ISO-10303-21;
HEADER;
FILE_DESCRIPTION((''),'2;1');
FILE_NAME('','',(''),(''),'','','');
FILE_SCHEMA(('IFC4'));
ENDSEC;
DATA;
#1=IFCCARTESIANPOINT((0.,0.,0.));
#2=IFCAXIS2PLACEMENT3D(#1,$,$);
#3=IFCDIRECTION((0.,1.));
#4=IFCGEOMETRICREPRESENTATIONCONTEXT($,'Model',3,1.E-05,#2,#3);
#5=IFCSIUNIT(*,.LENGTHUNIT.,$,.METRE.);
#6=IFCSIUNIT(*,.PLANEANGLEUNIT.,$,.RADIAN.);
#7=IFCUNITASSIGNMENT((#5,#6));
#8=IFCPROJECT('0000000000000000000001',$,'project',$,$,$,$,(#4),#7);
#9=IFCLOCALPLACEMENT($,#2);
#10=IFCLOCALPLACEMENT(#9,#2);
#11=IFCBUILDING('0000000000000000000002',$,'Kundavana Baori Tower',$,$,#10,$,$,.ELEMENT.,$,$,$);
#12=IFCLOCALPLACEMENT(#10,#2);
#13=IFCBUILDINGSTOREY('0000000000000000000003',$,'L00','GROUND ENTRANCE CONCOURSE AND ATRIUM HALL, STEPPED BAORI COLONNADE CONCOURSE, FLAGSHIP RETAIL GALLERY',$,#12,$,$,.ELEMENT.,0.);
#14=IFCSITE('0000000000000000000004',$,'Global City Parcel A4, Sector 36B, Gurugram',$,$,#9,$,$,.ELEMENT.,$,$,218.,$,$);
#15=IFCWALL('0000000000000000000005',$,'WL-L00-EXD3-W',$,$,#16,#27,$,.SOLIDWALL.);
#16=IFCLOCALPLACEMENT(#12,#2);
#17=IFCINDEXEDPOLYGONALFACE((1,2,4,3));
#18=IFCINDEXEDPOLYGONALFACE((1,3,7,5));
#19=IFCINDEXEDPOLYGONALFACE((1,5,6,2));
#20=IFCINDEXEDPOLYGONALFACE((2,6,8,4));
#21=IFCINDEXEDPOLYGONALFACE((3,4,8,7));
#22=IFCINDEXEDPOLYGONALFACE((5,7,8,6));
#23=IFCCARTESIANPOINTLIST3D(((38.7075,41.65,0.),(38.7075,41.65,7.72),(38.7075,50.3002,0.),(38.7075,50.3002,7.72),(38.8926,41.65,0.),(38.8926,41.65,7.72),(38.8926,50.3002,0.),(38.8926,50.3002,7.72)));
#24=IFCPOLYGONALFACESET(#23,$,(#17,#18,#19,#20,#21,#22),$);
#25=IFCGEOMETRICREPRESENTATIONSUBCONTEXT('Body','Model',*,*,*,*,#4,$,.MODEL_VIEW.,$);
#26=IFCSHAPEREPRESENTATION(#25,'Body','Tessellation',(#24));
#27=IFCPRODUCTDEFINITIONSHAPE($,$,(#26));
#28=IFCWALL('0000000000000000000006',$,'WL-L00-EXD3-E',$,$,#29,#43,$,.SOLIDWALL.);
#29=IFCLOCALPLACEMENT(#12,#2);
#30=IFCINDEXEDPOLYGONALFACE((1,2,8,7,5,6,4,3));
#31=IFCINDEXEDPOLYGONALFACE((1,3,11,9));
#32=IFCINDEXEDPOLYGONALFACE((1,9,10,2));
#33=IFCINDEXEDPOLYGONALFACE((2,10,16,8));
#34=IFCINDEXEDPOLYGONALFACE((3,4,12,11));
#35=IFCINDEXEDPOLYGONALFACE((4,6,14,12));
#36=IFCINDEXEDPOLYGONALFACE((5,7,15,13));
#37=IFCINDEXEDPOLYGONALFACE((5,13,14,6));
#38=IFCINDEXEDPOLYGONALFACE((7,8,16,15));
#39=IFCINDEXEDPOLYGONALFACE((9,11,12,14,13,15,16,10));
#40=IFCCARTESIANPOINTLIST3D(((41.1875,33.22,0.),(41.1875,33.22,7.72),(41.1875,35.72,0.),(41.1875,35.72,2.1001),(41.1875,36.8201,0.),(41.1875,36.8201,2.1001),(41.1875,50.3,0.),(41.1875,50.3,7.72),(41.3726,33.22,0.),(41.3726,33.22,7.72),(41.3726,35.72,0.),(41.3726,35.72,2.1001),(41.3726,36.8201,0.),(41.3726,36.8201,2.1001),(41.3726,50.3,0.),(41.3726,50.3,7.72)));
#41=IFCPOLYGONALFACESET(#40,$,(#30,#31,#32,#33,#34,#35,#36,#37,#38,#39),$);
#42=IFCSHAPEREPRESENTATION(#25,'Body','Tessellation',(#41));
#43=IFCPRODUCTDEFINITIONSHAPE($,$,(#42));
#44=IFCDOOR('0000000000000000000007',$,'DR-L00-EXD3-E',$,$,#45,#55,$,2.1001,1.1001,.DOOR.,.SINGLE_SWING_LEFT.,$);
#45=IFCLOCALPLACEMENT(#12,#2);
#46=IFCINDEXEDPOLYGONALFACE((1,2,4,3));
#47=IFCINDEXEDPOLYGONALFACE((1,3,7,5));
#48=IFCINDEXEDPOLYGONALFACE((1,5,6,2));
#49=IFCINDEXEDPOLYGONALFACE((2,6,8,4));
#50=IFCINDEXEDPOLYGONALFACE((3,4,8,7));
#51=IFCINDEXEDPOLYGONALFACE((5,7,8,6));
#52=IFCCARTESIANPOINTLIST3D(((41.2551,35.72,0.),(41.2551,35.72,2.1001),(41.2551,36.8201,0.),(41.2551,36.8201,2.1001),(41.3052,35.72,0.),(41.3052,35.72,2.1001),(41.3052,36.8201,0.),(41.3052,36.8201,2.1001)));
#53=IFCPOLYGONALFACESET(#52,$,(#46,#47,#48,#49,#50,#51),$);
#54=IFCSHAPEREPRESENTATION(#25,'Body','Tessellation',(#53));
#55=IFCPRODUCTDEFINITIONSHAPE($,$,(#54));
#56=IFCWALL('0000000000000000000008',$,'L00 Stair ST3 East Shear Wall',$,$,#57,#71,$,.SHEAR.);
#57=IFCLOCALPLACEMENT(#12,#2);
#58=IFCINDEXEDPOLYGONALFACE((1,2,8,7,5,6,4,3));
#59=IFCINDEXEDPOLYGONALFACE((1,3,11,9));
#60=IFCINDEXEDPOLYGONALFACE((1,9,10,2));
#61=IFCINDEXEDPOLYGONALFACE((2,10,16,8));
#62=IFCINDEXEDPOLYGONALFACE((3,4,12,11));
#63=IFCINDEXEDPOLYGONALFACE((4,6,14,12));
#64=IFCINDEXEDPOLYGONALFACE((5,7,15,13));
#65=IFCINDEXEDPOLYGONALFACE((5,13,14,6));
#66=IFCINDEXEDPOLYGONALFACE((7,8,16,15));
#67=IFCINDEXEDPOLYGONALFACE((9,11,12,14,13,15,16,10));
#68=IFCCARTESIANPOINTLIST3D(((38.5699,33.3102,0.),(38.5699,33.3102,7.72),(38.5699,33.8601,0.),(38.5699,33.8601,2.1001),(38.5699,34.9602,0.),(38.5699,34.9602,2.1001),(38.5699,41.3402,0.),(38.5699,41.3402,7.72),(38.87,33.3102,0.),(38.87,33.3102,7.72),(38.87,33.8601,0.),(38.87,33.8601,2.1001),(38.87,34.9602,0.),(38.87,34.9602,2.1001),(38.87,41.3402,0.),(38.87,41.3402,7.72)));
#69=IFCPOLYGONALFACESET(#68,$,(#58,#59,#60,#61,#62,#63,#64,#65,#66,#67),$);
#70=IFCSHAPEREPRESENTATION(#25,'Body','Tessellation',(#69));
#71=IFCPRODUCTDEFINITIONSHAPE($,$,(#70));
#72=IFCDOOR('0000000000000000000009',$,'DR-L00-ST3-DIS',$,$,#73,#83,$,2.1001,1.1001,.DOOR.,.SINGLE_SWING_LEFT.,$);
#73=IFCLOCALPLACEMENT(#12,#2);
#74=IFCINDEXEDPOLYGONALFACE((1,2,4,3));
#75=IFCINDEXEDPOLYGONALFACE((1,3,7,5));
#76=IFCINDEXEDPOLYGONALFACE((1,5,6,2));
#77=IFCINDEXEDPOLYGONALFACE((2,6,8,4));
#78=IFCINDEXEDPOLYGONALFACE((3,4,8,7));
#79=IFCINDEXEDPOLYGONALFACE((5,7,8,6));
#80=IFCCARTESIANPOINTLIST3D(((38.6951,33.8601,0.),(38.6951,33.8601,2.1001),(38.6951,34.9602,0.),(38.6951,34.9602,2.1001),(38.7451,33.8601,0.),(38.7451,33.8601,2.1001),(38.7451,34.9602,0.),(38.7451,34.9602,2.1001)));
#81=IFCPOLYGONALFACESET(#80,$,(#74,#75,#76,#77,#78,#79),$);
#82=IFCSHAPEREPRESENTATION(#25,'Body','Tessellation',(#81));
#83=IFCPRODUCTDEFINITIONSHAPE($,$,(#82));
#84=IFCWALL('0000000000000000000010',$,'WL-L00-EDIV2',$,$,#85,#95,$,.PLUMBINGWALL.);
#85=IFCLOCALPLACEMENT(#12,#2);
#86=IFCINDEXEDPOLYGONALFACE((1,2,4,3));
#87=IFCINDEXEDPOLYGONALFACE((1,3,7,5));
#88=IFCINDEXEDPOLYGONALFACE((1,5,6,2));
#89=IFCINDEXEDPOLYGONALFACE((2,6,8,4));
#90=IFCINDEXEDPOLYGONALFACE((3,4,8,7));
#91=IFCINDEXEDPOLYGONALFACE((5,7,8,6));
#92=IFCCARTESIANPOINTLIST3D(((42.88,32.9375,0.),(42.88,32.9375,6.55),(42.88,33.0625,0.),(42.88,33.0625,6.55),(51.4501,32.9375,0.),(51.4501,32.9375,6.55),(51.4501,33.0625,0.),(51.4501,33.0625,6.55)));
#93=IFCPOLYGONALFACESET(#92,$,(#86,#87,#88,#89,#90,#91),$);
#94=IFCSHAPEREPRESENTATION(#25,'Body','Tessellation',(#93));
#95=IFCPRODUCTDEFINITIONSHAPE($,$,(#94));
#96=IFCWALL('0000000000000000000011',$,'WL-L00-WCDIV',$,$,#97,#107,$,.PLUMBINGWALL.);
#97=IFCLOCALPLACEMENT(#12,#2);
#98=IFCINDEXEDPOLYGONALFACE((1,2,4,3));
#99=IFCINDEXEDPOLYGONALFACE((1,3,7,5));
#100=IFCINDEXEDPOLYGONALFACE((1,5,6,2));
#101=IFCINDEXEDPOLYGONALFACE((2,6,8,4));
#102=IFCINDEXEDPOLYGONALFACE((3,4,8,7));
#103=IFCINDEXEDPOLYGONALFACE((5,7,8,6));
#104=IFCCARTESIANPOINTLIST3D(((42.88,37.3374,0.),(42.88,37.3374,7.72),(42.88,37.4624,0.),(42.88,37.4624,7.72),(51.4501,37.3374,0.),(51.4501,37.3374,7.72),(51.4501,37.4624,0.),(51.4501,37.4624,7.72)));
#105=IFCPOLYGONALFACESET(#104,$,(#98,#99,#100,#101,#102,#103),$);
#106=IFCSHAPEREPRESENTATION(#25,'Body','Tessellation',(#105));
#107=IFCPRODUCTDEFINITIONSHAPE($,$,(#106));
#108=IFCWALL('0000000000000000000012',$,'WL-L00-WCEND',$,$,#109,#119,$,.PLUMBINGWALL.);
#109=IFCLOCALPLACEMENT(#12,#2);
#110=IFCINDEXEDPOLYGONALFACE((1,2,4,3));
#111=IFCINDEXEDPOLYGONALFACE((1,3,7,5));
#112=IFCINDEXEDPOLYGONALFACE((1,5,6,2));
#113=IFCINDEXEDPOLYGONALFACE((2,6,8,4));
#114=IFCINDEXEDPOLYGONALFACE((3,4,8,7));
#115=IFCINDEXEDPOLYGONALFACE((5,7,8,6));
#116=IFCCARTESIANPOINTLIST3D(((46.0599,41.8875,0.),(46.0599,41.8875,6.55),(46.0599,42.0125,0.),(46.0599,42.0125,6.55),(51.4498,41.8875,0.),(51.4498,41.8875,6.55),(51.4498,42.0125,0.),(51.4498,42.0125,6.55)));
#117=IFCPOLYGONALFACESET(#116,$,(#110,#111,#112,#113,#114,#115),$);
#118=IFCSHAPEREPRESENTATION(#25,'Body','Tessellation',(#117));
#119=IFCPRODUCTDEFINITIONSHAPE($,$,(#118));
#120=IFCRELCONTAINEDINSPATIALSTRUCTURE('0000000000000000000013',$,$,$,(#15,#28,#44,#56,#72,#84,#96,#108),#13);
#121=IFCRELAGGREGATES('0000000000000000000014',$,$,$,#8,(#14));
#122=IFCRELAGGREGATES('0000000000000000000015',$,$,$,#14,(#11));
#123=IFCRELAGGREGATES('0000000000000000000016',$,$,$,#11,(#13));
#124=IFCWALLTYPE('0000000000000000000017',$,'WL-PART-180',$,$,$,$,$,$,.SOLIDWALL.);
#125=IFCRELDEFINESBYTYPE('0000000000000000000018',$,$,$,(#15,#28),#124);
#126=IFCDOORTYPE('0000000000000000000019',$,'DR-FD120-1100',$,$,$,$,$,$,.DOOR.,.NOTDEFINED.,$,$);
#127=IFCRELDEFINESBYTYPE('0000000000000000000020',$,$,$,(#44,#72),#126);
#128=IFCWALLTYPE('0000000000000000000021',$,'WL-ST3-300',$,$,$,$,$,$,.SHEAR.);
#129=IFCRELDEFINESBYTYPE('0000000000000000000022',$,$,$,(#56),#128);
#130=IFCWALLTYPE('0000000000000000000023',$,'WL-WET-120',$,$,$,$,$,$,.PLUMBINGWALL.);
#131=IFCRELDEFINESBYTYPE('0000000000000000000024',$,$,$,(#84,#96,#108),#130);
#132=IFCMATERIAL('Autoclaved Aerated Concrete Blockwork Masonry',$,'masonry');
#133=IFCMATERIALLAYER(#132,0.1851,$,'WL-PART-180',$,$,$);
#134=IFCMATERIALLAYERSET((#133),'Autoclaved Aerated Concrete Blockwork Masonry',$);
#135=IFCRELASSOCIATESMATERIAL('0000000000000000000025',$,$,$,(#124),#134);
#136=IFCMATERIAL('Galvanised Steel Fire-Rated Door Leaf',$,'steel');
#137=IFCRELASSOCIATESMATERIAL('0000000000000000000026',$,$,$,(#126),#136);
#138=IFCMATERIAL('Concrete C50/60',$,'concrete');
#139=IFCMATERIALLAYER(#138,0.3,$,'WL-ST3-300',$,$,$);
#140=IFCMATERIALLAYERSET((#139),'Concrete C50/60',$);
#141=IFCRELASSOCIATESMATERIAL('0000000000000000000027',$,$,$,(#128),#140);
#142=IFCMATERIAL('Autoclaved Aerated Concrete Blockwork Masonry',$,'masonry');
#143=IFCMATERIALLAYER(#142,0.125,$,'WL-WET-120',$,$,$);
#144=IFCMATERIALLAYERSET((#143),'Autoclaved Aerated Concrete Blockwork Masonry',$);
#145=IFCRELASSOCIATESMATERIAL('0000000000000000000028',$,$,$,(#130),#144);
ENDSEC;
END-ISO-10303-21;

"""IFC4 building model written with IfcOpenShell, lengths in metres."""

from ifc_helpers import new_model, si_unit, direction, frame, frame_2d, origin, place, context, subcontext, project, spatial, rectangle, extrude, material, layer, layer_set, type_object, element, fill, save


model = new_model("IFC4")

# Units and contexts
model_context = context("Model", 3, precision=1e-05, world=origin(), true_north=direction((0.0, 1.0)))
body_context = subcontext(model_context, "Body", "Model", "MODEL_VIEW")
ifc_project = project(units=[si_unit("LENGTHUNIT", "METRE"), si_unit("PLANEANGLEUNIT", "RADIAN")], contexts=[model_context])

# Site, building, storey
site_placement = place(None, origin())
site = spatial("IfcSite", under=ifc_project, at=site_placement, Name="Global City Parcel A4, Sector 36B, Gurugram", CompositionType="ELEMENT", RefElevation=218.0)
building_placement = place(site_placement, origin())
building = spatial("IfcBuilding", under=site, at=building_placement, Name="Kundavana Baori Tower", CompositionType="ELEMENT")
storey_placement = place(building_placement, origin())
storey = spatial("IfcBuildingStorey", under=building, at=storey_placement, Name="L00", Description="GROUND ENTRANCE CONCOURSE AND ATRIUM HALL, STEPPED BAORI COLONNADE CONCOURSE, FLAGSHIP RETAIL GALLERY", CompositionType="ELEMENT", Elevation=0.0)

# Wall
ifc_material_1 = material(Name="Autoclaved Aerated Concrete Blockwork Masonry", Category="masonry")
ifc_layer_1 = layer(ifc_material_1, 0.1851, Name="WL-PART-180")
ifc_layer_set_1 = layer_set([ifc_layer_1], Name="Autoclaved Aerated Concrete Blockwork Masonry")
wall_type_1 = type_object("IfcWallType", Name="WL-PART-180", PredefinedType="SOLIDWALL", material=ifc_layer_set_1)
wall_1_placement = place(storey_placement, frame((38.8, 41.6499, 0.0), z_axis=(0.0, 0.0, 1.0), x_axis=(0.0, 1.0, 0.0)))
element("IfcWall", 1, at=wall_1_placement, inside=storey, type_object=wall_type_1, Name="WL-L00-EXD3-W", PredefinedType="SOLIDWALL", context=body_context, shape_type="SweptSolid", body=[
    extrude(rectangle(XDim=8.6501, YDim=0.1851, at=frame_2d((4.3252, 0.0))), origin(), (0.0, 0.0, 1.0), 7.72),
])

# Walls, openings, doors
wall_2_placement = place(storey_placement, frame((41.28, 33.22, 0.0), z_axis=(0.0, 0.0, 1.0), x_axis=(0.0, 1.0, 0.0)))
wall_2 = element("IfcWall", 2, at=wall_2_placement, inside=storey, type_object=wall_type_1, Name="WL-L00-EXD3-E", PredefinedType="SOLIDWALL", context=body_context, shape_type="SweptSolid", body=[
    extrude(rectangle(XDim=17.0801, YDim=0.1851, at=frame_2d((8.54, 0.0))), origin(), (0.0, 0.0, 1.0), 7.72),
])
opening_1_placement = place(wall_2_placement, frame((2.5, 0.0, 0.0)))
opening_1 = element("IfcOpeningElement", 3, at=opening_1_placement, cuts=wall_2, PredefinedType="OPENING", context=body_context, shape_type="SweptSolid", body=[
    extrude(rectangle(XDim=1.1001, YDim=2.1001, at=frame_2d((0.55, 1.05))), frame((0.0, 0.1025, 0.0), z_axis=(0.0, -1.0, 0.0), x_axis=(1.0, 0.0, 0.0)), (0.0, 0.0, 1.0), 0.2051),
])
ifc_material_2 = material(Name="Galvanised Steel Fire-Rated Door Leaf", Category="steel")
door_type_1 = type_object("IfcDoorType", Name="DR-FD120-1100", OperationType="NOTDEFINED", PredefinedType="DOOR", material=ifc_material_2)
door_1_placement = place(opening_1_placement, origin())
door_1 = element("IfcDoor", 4, at=door_1_placement, inside=storey, type_object=door_type_1, Name="DR-L00-EXD3-E", OperationType="SINGLE_SWING_LEFT", OverallHeight=2.1001, OverallWidth=1.1001, PredefinedType="DOOR", context=body_context, shape_type="SweptSolid", body=[
    extrude(rectangle(XDim=1.1001, YDim=2.1001, at=frame_2d((0.55, 1.05))), frame((0.0, 0.0249, 0.0), z_axis=(0.0, -1.0, 0.0), x_axis=(1.0, 0.0, 0.0)), (0.0, 0.0, 1.0), 0.05),
])
fill(opening_1, door_1)
ifc_material_3 = material(Name="Concrete C50/60", Category="concrete")
ifc_layer_2 = layer(ifc_material_3, 0.3, Name="WL-ST3-300")
ifc_layer_set_2 = layer_set([ifc_layer_2], Name="Concrete C50/60")
wall_type_2 = type_object("IfcWallType", Name="WL-ST3-300", PredefinedType="SHEAR", material=ifc_layer_set_2)
wall_3_placement = place(storey_placement, frame((38.72, 33.3101, 0.0), z_axis=(0.0, 0.0, 1.0), x_axis=(0.0, 1.0, 0.0)))
wall_3 = element("IfcWall", 5, at=wall_3_placement, inside=storey, type_object=wall_type_2, Name="L00 Stair ST3 East Shear Wall", PredefinedType="SHEAR", context=body_context, shape_type="SweptSolid", body=[
    extrude(rectangle(XDim=8.03, YDim=0.3, at=frame_2d((4.0151, 0.0))), origin(), (0.0, 0.0, 1.0), 7.72),
])
opening_2_placement = place(wall_3_placement, frame((0.55, 0.0, 0.0)))
opening_2 = element("IfcOpeningElement", 6, at=opening_2_placement, cuts=wall_3, PredefinedType="OPENING", context=body_context, shape_type="SweptSolid", body=[
    extrude(rectangle(XDim=1.1001, YDim=2.1001, at=frame_2d((0.55, 1.05))), frame((0.0, 0.1602, 0.0), z_axis=(0.0, -1.0, 0.0), x_axis=(1.0, 0.0, 0.0)), (0.0, 0.0, 1.0), 0.3201),
])
door_2_placement = place(opening_2_placement, origin())
door_2 = element("IfcDoor", 7, at=door_2_placement, inside=storey, type_object=door_type_1, Name="DR-L00-ST3-DIS", OperationType="SINGLE_SWING_LEFT", OverallHeight=2.1001, OverallWidth=1.1001, PredefinedType="DOOR", context=body_context, shape_type="SweptSolid", body=[
    extrude(rectangle(XDim=1.1001, YDim=2.1001, at=frame_2d((0.55, 1.05))), frame((0.0, 0.0249, 0.0), z_axis=(0.0, -1.0, 0.0), x_axis=(1.0, 0.0, 0.0)), (0.0, 0.0, 1.0), 0.05),
])
fill(opening_2, door_2)

# Walls
ifc_material_4 = material(Name="Autoclaved Aerated Concrete Blockwork Masonry", Category="masonry")
ifc_layer_3 = layer(ifc_material_4, 0.125, Name="WL-WET-120")
ifc_layer_set_3 = layer_set([ifc_layer_3], Name="Autoclaved Aerated Concrete Blockwork Masonry")
wall_type_3 = type_object("IfcWallType", Name="WL-WET-120", PredefinedType="PLUMBINGWALL", material=ifc_layer_set_3)
wall_4_placement = place(storey_placement, frame((42.8799, 33.0, 0.0), z_axis=(0.0, 0.0, 1.0), x_axis=(1.0, 0.0, 0.0)))
element("IfcWall", 8, at=wall_4_placement, inside=storey, type_object=wall_type_3, Name="WL-L00-EDIV2", PredefinedType="PLUMBINGWALL", context=body_context, shape_type="SweptSolid", body=[
    extrude(rectangle(XDim=8.5701, YDim=0.125, at=frame_2d((4.2852, 0.0))), origin(), (0.0, 0.0, 1.0), 6.55),
])
wall_5_placement = place(storey_placement, frame((42.8799, 37.3999, 0.0), z_axis=(0.0, 0.0, 1.0), x_axis=(1.0, 0.0, 0.0)))
element("IfcWall", 9, at=wall_5_placement, inside=storey, type_object=wall_type_3, Name="WL-L00-WCDIV", PredefinedType="PLUMBINGWALL", context=body_context, shape_type="SweptSolid", body=[
    extrude(rectangle(XDim=8.5701, YDim=0.125, at=frame_2d((4.2852, 0.0))), origin(), (0.0, 0.0, 1.0), 7.72),
])
wall_6_placement = place(storey_placement, frame((46.0601, 41.95, 0.0), z_axis=(0.0, 0.0, 1.0), x_axis=(1.0, 0.0, 0.0)))
element("IfcWall", 10, at=wall_6_placement, inside=storey, type_object=wall_type_3, Name="WL-L00-WCEND", PredefinedType="PLUMBINGWALL", context=body_context, shape_type="SweptSolid", body=[
    extrude(rectangle(XDim=5.3899, YDim=0.125, at=frame_2d((2.6948, 0.0))), origin(), (0.0, 0.0, 1.0), 6.55),
])

save(model, "model.ifc")
